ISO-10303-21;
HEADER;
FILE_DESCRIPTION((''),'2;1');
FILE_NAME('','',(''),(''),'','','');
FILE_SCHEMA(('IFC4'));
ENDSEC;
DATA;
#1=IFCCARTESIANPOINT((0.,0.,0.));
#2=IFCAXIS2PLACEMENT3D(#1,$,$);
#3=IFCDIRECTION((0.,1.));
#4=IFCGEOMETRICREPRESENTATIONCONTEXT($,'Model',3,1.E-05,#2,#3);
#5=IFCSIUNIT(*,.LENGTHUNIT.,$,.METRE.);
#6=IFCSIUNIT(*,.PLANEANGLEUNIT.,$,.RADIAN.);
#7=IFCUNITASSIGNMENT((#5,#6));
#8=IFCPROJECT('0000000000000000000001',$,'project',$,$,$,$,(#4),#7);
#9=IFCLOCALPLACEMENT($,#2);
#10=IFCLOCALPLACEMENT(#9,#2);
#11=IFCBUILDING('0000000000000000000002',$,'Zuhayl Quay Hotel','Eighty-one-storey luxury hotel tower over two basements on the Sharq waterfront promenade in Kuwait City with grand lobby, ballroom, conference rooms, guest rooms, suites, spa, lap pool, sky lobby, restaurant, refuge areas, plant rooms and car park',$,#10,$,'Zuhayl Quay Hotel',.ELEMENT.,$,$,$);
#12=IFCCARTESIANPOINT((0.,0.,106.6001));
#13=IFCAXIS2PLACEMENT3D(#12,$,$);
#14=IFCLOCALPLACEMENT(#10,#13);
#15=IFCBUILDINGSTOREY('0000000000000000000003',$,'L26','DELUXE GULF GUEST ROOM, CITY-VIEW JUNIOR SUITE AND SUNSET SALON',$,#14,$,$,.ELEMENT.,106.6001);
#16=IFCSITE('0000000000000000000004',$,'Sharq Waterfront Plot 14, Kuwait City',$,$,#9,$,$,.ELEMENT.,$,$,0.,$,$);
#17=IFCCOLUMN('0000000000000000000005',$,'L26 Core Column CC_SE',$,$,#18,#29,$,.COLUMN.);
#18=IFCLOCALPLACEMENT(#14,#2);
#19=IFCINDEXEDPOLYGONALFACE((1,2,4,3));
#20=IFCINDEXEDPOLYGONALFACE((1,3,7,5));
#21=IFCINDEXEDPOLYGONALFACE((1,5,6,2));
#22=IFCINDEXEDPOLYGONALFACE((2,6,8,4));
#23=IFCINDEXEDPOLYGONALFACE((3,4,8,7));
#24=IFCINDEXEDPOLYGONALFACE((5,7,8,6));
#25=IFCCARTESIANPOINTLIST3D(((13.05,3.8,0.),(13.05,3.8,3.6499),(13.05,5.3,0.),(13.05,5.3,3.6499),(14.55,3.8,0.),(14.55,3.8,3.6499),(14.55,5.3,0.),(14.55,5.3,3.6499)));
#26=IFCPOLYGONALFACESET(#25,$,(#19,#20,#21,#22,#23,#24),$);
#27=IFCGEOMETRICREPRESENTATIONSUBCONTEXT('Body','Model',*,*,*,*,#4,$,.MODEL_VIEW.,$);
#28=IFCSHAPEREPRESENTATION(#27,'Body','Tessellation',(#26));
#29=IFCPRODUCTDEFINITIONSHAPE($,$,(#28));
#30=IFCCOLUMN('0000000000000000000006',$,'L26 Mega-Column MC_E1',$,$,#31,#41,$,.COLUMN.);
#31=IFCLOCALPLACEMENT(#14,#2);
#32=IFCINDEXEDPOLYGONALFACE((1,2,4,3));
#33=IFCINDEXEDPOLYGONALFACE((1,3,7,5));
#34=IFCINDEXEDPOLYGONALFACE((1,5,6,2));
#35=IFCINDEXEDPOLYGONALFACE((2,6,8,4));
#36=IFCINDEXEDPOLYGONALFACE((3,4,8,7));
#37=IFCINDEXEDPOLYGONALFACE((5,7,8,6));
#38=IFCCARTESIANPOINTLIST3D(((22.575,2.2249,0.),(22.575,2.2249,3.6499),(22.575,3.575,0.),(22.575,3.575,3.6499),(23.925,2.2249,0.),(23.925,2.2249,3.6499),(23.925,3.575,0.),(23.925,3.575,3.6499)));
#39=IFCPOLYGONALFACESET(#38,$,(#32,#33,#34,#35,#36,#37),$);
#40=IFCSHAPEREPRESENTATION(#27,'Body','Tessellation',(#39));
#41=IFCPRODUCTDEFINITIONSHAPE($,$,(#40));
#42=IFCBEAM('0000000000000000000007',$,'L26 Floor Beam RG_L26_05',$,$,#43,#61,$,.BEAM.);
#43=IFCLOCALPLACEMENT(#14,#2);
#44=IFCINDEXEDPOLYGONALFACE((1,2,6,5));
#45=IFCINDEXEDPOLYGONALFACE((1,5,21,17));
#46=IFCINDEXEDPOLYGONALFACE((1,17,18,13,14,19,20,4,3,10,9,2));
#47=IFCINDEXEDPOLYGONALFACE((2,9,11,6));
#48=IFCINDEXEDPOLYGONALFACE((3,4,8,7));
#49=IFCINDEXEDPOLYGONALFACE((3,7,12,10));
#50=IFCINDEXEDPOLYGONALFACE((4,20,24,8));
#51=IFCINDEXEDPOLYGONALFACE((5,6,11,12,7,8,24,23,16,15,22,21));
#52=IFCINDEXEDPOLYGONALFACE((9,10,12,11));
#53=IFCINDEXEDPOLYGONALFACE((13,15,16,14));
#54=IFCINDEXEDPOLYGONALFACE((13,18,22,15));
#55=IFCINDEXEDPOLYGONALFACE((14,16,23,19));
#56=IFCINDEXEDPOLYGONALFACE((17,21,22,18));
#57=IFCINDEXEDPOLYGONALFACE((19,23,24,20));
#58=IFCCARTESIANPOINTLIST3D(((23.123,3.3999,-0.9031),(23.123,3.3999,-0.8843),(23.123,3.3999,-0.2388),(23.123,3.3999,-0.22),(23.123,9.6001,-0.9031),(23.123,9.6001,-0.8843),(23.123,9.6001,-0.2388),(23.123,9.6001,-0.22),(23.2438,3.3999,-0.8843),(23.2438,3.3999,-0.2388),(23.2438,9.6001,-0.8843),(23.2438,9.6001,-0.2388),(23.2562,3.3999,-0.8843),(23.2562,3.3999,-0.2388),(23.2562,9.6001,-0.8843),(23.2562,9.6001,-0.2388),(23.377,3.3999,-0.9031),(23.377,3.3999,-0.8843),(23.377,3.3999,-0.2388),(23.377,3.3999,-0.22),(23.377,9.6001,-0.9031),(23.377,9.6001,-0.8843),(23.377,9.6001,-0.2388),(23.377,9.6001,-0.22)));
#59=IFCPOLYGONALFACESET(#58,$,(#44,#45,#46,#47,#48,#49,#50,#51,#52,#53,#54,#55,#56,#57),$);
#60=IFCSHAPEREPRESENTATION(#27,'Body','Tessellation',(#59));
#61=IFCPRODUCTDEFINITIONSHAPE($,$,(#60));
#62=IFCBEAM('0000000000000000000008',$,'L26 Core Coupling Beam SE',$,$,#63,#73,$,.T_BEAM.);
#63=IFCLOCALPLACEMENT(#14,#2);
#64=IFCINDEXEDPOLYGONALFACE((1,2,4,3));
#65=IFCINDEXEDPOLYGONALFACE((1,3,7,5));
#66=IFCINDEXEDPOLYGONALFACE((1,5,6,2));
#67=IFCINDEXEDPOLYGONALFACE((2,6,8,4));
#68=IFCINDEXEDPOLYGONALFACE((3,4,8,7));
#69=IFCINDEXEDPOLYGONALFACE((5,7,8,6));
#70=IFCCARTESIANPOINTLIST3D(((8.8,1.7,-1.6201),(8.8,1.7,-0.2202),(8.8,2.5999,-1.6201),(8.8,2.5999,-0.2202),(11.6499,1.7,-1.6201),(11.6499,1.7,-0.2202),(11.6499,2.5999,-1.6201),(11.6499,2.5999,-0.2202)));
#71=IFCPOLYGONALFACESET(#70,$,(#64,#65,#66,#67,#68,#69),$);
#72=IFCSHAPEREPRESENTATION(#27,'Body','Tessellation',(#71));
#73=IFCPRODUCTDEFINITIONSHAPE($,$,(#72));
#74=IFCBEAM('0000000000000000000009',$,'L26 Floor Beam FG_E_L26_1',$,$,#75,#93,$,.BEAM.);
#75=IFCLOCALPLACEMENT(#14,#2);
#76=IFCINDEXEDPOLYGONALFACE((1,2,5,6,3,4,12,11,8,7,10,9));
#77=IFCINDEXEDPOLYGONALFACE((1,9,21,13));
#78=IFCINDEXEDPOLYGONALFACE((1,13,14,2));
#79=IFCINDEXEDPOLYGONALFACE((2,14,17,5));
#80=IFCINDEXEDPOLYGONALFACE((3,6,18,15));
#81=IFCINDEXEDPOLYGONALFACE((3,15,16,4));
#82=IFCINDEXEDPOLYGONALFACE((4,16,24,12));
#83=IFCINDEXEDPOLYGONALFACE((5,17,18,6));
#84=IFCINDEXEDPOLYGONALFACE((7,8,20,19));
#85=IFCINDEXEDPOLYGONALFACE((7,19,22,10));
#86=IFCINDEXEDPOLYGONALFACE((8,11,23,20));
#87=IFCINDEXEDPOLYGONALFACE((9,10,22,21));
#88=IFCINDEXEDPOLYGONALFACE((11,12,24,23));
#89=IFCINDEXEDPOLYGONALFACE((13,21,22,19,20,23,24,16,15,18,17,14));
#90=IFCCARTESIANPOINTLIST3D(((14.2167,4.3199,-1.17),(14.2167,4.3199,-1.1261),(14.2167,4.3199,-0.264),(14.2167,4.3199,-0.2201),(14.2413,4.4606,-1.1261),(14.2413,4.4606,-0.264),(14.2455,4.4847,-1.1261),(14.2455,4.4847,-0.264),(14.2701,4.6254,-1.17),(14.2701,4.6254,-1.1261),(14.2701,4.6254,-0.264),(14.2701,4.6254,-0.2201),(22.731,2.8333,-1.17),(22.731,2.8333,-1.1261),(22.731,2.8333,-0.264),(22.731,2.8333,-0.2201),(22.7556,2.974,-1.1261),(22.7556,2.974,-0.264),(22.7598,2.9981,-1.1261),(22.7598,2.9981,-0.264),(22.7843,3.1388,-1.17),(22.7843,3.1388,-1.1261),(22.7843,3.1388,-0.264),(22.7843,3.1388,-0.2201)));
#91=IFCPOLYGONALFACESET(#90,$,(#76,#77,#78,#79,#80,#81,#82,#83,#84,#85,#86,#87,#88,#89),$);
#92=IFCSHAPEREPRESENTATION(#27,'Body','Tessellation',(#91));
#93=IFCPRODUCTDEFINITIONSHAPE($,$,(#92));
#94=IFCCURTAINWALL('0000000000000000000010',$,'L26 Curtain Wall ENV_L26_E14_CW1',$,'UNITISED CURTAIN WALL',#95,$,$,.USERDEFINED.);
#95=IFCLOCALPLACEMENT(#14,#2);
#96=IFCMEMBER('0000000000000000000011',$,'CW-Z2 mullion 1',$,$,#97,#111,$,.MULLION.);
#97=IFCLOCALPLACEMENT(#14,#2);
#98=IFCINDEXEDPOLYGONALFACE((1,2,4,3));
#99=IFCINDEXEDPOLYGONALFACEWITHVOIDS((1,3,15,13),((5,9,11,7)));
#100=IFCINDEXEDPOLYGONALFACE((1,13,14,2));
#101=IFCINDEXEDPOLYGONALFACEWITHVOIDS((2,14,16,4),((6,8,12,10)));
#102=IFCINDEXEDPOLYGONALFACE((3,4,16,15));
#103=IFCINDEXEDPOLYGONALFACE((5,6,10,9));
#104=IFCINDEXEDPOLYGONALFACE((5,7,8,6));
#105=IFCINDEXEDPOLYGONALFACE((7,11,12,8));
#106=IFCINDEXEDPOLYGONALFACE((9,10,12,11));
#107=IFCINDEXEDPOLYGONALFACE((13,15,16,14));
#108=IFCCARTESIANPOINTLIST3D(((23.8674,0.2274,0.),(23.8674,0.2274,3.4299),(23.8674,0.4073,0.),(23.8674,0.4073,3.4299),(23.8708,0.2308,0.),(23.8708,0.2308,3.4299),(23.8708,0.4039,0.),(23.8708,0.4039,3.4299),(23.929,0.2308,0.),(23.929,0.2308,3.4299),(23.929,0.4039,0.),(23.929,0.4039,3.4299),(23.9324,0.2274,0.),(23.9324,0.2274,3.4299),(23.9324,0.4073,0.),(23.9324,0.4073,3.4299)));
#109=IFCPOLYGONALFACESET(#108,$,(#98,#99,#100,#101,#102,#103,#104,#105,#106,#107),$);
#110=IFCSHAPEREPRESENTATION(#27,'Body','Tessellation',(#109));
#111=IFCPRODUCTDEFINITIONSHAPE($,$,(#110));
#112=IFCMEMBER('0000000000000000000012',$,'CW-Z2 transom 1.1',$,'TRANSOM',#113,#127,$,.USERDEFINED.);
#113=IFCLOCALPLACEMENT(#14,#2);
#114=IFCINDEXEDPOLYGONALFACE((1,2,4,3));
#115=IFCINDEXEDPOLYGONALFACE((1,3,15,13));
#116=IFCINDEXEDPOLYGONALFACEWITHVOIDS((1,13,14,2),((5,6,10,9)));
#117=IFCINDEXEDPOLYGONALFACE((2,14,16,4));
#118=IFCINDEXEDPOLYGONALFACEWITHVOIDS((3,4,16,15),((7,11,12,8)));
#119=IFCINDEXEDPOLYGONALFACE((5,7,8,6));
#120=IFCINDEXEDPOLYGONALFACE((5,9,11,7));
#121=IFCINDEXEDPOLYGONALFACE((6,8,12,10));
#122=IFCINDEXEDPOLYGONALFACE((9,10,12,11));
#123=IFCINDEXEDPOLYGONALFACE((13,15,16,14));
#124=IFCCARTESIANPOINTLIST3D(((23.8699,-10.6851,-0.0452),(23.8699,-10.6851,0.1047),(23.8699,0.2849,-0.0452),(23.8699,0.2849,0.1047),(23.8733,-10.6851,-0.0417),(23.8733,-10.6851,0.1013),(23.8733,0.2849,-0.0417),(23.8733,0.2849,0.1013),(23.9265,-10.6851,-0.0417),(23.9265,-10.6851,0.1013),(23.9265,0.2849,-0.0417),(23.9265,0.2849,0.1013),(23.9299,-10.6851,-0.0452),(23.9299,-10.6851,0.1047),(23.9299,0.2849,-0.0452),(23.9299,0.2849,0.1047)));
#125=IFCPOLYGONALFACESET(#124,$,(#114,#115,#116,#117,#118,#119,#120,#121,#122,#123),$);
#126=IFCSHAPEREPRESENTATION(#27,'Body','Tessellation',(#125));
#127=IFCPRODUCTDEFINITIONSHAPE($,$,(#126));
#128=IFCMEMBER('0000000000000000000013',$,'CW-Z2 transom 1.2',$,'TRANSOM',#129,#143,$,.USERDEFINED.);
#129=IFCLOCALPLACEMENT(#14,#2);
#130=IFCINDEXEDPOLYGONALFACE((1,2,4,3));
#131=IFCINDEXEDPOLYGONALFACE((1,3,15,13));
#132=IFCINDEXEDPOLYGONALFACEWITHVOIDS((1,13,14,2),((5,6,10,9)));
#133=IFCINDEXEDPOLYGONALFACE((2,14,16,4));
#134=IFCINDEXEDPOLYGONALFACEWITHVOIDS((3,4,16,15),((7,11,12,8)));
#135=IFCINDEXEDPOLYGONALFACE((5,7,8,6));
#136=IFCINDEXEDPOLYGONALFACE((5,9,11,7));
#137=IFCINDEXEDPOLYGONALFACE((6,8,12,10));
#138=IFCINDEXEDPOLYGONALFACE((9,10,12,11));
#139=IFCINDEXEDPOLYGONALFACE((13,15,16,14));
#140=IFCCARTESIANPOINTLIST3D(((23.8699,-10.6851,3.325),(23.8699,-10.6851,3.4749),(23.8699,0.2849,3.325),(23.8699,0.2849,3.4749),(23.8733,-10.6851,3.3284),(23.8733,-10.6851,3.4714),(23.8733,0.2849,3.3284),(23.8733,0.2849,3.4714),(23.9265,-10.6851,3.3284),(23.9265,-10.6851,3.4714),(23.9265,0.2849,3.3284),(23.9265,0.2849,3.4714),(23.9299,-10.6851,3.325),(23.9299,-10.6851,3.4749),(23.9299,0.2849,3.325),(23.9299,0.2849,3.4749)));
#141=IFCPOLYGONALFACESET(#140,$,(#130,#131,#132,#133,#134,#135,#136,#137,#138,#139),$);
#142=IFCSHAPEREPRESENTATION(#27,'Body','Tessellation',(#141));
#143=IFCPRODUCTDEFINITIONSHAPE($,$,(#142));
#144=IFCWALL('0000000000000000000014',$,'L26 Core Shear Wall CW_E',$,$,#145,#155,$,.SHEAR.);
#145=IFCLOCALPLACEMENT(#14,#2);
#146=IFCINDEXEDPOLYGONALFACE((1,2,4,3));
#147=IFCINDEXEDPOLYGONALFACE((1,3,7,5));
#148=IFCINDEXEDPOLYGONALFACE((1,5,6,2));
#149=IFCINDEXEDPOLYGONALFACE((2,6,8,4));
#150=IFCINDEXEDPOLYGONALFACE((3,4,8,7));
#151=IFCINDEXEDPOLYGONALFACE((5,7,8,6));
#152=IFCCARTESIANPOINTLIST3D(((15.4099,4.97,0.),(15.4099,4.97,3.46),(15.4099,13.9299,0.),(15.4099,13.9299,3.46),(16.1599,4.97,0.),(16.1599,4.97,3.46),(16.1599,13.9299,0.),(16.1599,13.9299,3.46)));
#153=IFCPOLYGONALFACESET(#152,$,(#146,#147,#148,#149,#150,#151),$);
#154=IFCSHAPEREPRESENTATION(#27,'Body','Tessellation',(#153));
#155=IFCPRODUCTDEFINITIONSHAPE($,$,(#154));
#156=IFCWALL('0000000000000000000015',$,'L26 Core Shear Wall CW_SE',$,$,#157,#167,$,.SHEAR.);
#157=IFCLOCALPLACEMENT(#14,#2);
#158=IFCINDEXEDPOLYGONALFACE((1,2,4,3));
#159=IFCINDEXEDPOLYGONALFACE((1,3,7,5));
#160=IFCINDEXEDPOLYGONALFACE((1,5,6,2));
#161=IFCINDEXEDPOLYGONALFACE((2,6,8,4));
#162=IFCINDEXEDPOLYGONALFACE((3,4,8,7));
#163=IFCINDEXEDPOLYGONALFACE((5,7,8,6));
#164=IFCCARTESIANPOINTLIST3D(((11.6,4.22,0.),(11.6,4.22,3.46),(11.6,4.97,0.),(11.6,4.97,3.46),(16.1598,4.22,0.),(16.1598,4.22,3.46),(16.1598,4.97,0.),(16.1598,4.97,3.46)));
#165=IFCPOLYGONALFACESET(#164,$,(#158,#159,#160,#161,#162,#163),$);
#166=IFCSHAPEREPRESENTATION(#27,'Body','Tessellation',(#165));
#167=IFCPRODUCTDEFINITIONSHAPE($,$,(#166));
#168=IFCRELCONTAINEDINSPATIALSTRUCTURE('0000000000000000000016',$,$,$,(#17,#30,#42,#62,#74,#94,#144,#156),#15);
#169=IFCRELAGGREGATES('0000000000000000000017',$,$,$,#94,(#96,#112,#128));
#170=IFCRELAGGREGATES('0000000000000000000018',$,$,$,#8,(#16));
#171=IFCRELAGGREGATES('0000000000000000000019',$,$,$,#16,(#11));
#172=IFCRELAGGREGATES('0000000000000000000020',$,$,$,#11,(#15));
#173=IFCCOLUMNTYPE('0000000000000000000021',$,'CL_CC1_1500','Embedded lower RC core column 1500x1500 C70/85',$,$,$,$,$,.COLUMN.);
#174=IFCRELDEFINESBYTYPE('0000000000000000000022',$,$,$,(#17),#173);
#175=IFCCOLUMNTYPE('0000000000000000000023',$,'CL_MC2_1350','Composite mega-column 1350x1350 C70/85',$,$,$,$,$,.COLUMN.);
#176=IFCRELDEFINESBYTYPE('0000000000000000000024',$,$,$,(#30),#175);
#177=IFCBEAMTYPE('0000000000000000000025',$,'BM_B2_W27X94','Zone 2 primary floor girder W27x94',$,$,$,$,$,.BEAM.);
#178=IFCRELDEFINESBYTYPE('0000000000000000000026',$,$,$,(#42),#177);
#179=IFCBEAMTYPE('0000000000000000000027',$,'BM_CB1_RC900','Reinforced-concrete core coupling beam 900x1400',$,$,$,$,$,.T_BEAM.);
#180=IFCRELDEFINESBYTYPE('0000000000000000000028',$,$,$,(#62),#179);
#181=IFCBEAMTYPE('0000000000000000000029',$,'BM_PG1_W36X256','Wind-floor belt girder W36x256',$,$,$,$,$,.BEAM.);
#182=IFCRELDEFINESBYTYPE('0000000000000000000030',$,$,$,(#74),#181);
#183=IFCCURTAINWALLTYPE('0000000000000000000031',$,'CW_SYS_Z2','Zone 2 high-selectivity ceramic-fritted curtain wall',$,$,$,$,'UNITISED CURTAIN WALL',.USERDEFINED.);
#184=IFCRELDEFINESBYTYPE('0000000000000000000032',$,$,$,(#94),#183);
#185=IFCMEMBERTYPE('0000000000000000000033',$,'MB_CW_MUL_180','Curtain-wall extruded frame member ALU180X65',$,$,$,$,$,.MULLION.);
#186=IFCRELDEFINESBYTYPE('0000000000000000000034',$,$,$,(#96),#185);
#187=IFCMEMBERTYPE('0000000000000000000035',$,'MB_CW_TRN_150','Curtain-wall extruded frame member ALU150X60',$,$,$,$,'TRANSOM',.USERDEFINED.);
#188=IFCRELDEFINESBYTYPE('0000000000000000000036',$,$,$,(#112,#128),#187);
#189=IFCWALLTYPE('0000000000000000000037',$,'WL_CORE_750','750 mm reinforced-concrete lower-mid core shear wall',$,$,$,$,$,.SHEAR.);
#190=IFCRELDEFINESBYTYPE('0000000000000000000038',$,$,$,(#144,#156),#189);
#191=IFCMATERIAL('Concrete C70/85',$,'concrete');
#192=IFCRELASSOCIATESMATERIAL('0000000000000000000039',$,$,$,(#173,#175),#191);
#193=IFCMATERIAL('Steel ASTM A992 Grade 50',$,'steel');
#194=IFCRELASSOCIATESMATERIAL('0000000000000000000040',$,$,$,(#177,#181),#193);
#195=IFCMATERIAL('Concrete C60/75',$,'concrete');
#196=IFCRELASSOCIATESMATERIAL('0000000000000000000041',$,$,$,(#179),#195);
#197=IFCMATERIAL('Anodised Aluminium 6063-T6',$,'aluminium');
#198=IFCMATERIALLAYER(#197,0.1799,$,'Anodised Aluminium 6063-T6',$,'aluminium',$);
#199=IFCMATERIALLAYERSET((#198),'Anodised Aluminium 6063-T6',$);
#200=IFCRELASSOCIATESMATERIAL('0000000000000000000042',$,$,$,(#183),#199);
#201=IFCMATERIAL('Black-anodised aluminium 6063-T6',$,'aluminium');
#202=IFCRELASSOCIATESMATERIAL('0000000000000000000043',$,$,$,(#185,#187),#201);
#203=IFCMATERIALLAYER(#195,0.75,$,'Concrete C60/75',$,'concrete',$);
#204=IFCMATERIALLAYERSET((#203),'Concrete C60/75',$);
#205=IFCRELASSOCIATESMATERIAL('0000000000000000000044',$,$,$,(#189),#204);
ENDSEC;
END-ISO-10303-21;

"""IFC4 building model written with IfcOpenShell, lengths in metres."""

from ifc_helpers import new_model, si_unit, direction, frame, frame_2d, origin, origin_2d, place, context, subcontext, project, spatial, rectangle, hollow_rectangle, i_section, extrude, material, layer, layer_set, material_profile, profile_set, type_object, element, aggregate, save


model = new_model("IFC4")

# Units and contexts
model_context = context("Model", 3, precision=1e-05, world=origin(), true_north=direction((0.0, 1.0)))
body_context = subcontext(model_context, "Body", "Model", "MODEL_VIEW")
ifc_project = project(units=[si_unit("LENGTHUNIT", "METRE"), si_unit("PLANEANGLEUNIT", "RADIAN")], contexts=[model_context])

# Site, building, storey
site_placement = place(None, origin())
site = spatial("IfcSite", under=ifc_project, at=site_placement, Name="Sharq Waterfront Plot 14, Kuwait City", CompositionType="ELEMENT", RefElevation=0.0)
building_placement = place(site_placement, origin())
building = spatial("IfcBuilding", under=site, at=building_placement, Name="Zuhayl Quay Hotel", Description="Eighty-one-storey luxury hotel tower over two basements on the Sharq waterfront promenade in Kuwait City with grand lobby, ballroom, conference rooms, guest rooms, suites, spa, lap pool, sky lobby, restaurant, refuge areas, plant rooms and car park", LongName="Zuhayl Quay Hotel", CompositionType="ELEMENT")
storey_placement = place(building_placement, frame((0.0, 0.0, 106.6001)))
storey = spatial("IfcBuildingStorey", under=building, at=storey_placement, Name="L26", Description="DELUXE GULF GUEST ROOM, CITY-VIEW JUNIOR SUITE AND SUNSET SALON", CompositionType="ELEMENT", Elevation=106.6001)

# Columns
ifc_material_1 = material(Name="Concrete C70/85", Category="concrete")
ifc_material_profile_1 = material_profile(ifc_material_1, rectangle(XDim=1.5, YDim=1.5, at=origin_2d()), Name="RC1500X1500")
ifc_profile_set_1 = profile_set([ifc_material_profile_1], Name="Concrete C70/85")
column_type_1 = type_object("IfcColumnType", Name="CL_CC1_1500", Description="Embedded lower RC core column 1500x1500 C70/85", PredefinedType="COLUMN", material=ifc_profile_set_1)
column_1_placement = place(storey_placement, frame((13.8, 4.55, 0.0), z_axis=(0.0, 0.0, 1.0), x_axis=(1.0, 0.0, 0.0)))
element("IfcColumn", 1, at=column_1_placement, inside=storey, type_object=column_type_1, Name="L26 Core Column CC_SE", PredefinedType="COLUMN", context=body_context, shape_type="SweptSolid", body=[
    extrude(rectangle(XDim=1.5, YDim=1.5, at=origin_2d()), origin(), (0.0, 0.0, 1.0), 3.6499),
])
ifc_material_profile_2 = material_profile(ifc_material_1, rectangle(XDim=1.3501, YDim=1.3501, at=origin_2d()), Name="RC1350X1350")
ifc_profile_set_2 = profile_set([ifc_material_profile_2], Name="Concrete C70/85")
column_type_2 = type_object("IfcColumnType", Name="CL_MC2_1350", Description="Composite mega-column 1350x1350 C70/85", PredefinedType="COLUMN", material=ifc_profile_set_2)
column_2_placement = place(storey_placement, frame((23.25, 2.8999, 0.0), z_axis=(0.0, 0.0, 1.0), x_axis=(1.0, 0.0, 0.0)))
element("IfcColumn", 2, at=column_2_placement, inside=storey, type_object=column_type_2, Name="L26 Mega-Column MC_E1", PredefinedType="COLUMN", context=body_context, shape_type="SweptSolid", body=[
    extrude(rectangle(XDim=1.3501, YDim=1.3501, at=origin_2d()), origin(), (0.0, 0.0, 1.0), 3.6499),
])

# Beams
ifc_material_2 = material(Name="Steel ASTM A992 Grade 50", Category="steel")
ifc_material_profile_3 = material_profile(ifc_material_2, i_section(OverallWidth=0.2539, OverallDepth=0.6831, WebThickness=0.0125, FlangeThickness=0.0188, at=origin_2d()), Name="W27X94")
ifc_profile_set_3 = profile_set([ifc_material_profile_3], Name="Steel ASTM A992 Grade 50")
beam_type_1 = type_object("IfcBeamType", Name="BM_B2_W27X94", Description="Zone 2 primary floor girder W27x94", PredefinedType="BEAM", material=ifc_profile_set_3)
beam_1_placement = place(storey_placement, frame((23.25, 3.3999, -0.5615), z_axis=(0.0, 1.0, 0.0), x_axis=(-1.0, 0.0, 0.0)))
element("IfcBeam", 3, at=beam_1_placement, inside=storey, type_object=beam_type_1, Name="L26 Floor Beam RG_L26_05", PredefinedType="BEAM", context=body_context, shape_type="SweptSolid", body=[
    extrude(i_section(OverallWidth=0.2539, OverallDepth=0.6831, WebThickness=0.0125, FlangeThickness=0.0188, at=origin_2d()), origin(), (0.0, 0.0, 1.0), 6.2002),
])
ifc_material_3 = material(Name="Concrete C60/75", Category="concrete")
ifc_material_profile_4 = material_profile(ifc_material_3, rectangle(XDim=0.8999, YDim=1.3999, at=origin_2d()), Name="RC900X1400")
ifc_profile_set_4 = profile_set([ifc_material_profile_4], Name="Concrete C60/75")
beam_type_2 = type_object("IfcBeamType", Name="BM_CB1_RC900", Description="Reinforced-concrete core coupling beam 900x1400", PredefinedType="T_BEAM", material=ifc_profile_set_4)
beam_2_placement = place(storey_placement, frame((8.8, 2.1499, -0.9202), z_axis=(1.0, 0.0, 0.0), x_axis=(0.0, 1.0, 0.0)))
element("IfcBeam", 4, at=beam_2_placement, inside=storey, type_object=beam_type_2, Name="L26 Core Coupling Beam SE", PredefinedType="T_BEAM", context=body_context, shape_type="SweptSolid", body=[
    extrude(rectangle(XDim=0.8999, YDim=1.3999, at=origin_2d()), origin(), (0.0, 0.0, 1.0), 2.8499),
])
ifc_material_profile_5 = material_profile(ifc_material_2, i_section(OverallWidth=0.3101, OverallDepth=0.95, WebThickness=0.0244, FlangeThickness=0.0439, at=origin_2d()), Name="W36X256")
ifc_profile_set_5 = profile_set([ifc_material_profile_5], Name="Steel ASTM A992 Grade 50")
beam_type_3 = type_object("IfcBeamType", Name="BM_PG1_W36X256", Description="Wind-floor belt girder W36x256", PredefinedType="BEAM", material=ifc_profile_set_5)
beam_3_placement = place(storey_placement, frame((14.2434, 4.4727, -0.6951), z_axis=(0.985097, -0.171998, 0.0), x_axis=(0.171998, 0.985097, 0.0)))
element("IfcBeam", 5, at=beam_3_placement, inside=storey, type_object=beam_type_3, Name="L26 Floor Beam FG_E_L26_1", PredefinedType="BEAM", context=body_context, shape_type="SweptSolid", body=[
    extrude(i_section(OverallWidth=0.3101, OverallDepth=0.95, WebThickness=0.0244, FlangeThickness=0.0439, at=origin_2d()), origin(), (0.0, 0.0, 1.0), 8.6431),
])

# Curtain wall, members
ifc_material_4 = material(Name="Anodised Aluminium 6063-T6", Category="aluminium")
ifc_layer_1 = layer(ifc_material_4, 0.1799, Name="Anodised Aluminium 6063-T6", Category="aluminium")
ifc_layer_set_1 = layer_set([ifc_layer_1], Name="Anodised Aluminium 6063-T6")
curtain_wall_type = type_object("IfcCurtainWallType", Name="CW_SYS_Z2", Description="Zone 2 high-selectivity ceramic-fritted curtain wall", ElementType="UNITISED CURTAIN WALL", PredefinedType="USERDEFINED", material=ifc_layer_set_1)
curtain_wall_placement = place(storey_placement, origin())
curtain_wall = element("IfcCurtainWall", 6, at=curtain_wall_placement, inside=storey, type_object=curtain_wall_type, Name="L26 Curtain Wall ENV_L26_E14_CW1", ObjectType="UNITISED CURTAIN WALL", PredefinedType="USERDEFINED")
ifc_material_5 = material(Name="Black-anodised aluminium 6063-T6", Category="aluminium")
ifc_material_profile_6 = material_profile(ifc_material_5, hollow_rectangle(XDim=0.0649, YDim=0.1799, WallThickness=0.0034, at=origin_2d()), Name="ALU180X65")
ifc_profile_set_6 = profile_set([ifc_material_profile_6], Name="Black-anodised aluminium 6063-T6")
member_type_1 = type_object("IfcMemberType", Name="MB_CW_MUL_180", Description="Curtain-wall extruded frame member ALU180X65", PredefinedType="MULLION", material=ifc_profile_set_6)
member_1_placement = place(storey_placement, frame((23.8999, 0.3174, 0.0), z_axis=(0.0, 0.0, 1.0), x_axis=(1.0, 0.0, 0.0)))
member_1 = element("IfcMember", 7, at=member_1_placement, type_object=member_type_1, Name="CW-Z2 mullion 1", PredefinedType="MULLION", context=body_context, shape_type="SweptSolid", body=[
    extrude(hollow_rectangle(XDim=0.0649, YDim=0.1799, WallThickness=0.0034, at=origin_2d()), origin(), (0.0, 0.0, 1.0), 3.4299),
])
ifc_material_profile_7 = material_profile(ifc_material_5, hollow_rectangle(XDim=0.0601, YDim=0.1499, WallThickness=0.0034, at=origin_2d()), Name="ALU150X60")
ifc_profile_set_7 = profile_set([ifc_material_profile_7], Name="Black-anodised aluminium 6063-T6")
member_type_2 = type_object("IfcMemberType", Name="MB_CW_TRN_150", Description="Curtain-wall extruded frame member ALU150X60", ElementType="TRANSOM", PredefinedType="USERDEFINED", material=ifc_profile_set_7)
member_2_placement = place(storey_placement, frame((23.8999, 0.2849, 0.0298), z_axis=(0.0, -1.0, 0.0), x_axis=(1.0, 0.0, 0.0)))
member_2 = element("IfcMember", 8, at=member_2_placement, type_object=member_type_2, Name="CW-Z2 transom 1.1", ObjectType="TRANSOM", PredefinedType="USERDEFINED", context=body_context, shape_type="SweptSolid", body=[
    extrude(hollow_rectangle(XDim=0.0601, YDim=0.1499, WallThickness=0.0034, at=origin_2d()), origin(), (0.0, 0.0, 1.0), 10.97),
])
member_3_placement = place(storey_placement, frame((23.8999, 0.2849, 3.3999), z_axis=(0.0, -1.0, 0.0), x_axis=(1.0, 0.0, 0.0)))
member_3 = element("IfcMember", 9, at=member_3_placement, type_object=member_type_2, Name="CW-Z2 transom 1.2", ObjectType="TRANSOM", PredefinedType="USERDEFINED", context=body_context, shape_type="SweptSolid", body=[
    extrude(hollow_rectangle(XDim=0.0601, YDim=0.1499, WallThickness=0.0034, at=origin_2d()), origin(), (0.0, 0.0, 1.0), 10.97),
])
aggregate(curtain_wall, [member_1, member_2, member_3])

# Walls
ifc_layer_2 = layer(ifc_material_3, 0.75, Name="Concrete C60/75", Category="concrete")
ifc_layer_set_2 = layer_set([ifc_layer_2], Name="Concrete C60/75")
wall_type_1 = type_object("IfcWallType", Name="WL_CORE_750", Description="750 mm reinforced-concrete lower-mid core shear wall", PredefinedType="SHEAR", material=ifc_layer_set_2)
wall_1_placement = place(storey_placement, frame((15.7849, 4.97, 0.0), z_axis=(0.0, 0.0, 1.0), x_axis=(0.0, 1.0, 0.0)))
element("IfcWall", 10, at=wall_1_placement, inside=storey, type_object=wall_type_1, Name="L26 Core Shear Wall CW_E", PredefinedType="SHEAR", context=body_context, shape_type="SweptSolid", body=[
    extrude(rectangle(XDim=8.96, YDim=0.75, at=frame_2d((4.48, 0.0))), origin(), (0.0, 0.0, 1.0), 3.46),
])
wall_2_placement = place(storey_placement, frame((11.6001, 4.595, 0.0), z_axis=(0.0, 0.0, 1.0), x_axis=(1.0, 0.0, 0.0)))
element("IfcWall", 11, at=wall_2_placement, inside=storey, type_object=wall_type_1, Name="L26 Core Shear Wall CW_SE", PredefinedType="SHEAR", context=body_context, shape_type="SweptSolid", body=[
    extrude(rectangle(XDim=4.5598, YDim=0.75, at=frame_2d((2.2798, 0.0))), origin(), (0.0, 0.0, 1.0), 3.46),
])

save(model, "model.ifc")
